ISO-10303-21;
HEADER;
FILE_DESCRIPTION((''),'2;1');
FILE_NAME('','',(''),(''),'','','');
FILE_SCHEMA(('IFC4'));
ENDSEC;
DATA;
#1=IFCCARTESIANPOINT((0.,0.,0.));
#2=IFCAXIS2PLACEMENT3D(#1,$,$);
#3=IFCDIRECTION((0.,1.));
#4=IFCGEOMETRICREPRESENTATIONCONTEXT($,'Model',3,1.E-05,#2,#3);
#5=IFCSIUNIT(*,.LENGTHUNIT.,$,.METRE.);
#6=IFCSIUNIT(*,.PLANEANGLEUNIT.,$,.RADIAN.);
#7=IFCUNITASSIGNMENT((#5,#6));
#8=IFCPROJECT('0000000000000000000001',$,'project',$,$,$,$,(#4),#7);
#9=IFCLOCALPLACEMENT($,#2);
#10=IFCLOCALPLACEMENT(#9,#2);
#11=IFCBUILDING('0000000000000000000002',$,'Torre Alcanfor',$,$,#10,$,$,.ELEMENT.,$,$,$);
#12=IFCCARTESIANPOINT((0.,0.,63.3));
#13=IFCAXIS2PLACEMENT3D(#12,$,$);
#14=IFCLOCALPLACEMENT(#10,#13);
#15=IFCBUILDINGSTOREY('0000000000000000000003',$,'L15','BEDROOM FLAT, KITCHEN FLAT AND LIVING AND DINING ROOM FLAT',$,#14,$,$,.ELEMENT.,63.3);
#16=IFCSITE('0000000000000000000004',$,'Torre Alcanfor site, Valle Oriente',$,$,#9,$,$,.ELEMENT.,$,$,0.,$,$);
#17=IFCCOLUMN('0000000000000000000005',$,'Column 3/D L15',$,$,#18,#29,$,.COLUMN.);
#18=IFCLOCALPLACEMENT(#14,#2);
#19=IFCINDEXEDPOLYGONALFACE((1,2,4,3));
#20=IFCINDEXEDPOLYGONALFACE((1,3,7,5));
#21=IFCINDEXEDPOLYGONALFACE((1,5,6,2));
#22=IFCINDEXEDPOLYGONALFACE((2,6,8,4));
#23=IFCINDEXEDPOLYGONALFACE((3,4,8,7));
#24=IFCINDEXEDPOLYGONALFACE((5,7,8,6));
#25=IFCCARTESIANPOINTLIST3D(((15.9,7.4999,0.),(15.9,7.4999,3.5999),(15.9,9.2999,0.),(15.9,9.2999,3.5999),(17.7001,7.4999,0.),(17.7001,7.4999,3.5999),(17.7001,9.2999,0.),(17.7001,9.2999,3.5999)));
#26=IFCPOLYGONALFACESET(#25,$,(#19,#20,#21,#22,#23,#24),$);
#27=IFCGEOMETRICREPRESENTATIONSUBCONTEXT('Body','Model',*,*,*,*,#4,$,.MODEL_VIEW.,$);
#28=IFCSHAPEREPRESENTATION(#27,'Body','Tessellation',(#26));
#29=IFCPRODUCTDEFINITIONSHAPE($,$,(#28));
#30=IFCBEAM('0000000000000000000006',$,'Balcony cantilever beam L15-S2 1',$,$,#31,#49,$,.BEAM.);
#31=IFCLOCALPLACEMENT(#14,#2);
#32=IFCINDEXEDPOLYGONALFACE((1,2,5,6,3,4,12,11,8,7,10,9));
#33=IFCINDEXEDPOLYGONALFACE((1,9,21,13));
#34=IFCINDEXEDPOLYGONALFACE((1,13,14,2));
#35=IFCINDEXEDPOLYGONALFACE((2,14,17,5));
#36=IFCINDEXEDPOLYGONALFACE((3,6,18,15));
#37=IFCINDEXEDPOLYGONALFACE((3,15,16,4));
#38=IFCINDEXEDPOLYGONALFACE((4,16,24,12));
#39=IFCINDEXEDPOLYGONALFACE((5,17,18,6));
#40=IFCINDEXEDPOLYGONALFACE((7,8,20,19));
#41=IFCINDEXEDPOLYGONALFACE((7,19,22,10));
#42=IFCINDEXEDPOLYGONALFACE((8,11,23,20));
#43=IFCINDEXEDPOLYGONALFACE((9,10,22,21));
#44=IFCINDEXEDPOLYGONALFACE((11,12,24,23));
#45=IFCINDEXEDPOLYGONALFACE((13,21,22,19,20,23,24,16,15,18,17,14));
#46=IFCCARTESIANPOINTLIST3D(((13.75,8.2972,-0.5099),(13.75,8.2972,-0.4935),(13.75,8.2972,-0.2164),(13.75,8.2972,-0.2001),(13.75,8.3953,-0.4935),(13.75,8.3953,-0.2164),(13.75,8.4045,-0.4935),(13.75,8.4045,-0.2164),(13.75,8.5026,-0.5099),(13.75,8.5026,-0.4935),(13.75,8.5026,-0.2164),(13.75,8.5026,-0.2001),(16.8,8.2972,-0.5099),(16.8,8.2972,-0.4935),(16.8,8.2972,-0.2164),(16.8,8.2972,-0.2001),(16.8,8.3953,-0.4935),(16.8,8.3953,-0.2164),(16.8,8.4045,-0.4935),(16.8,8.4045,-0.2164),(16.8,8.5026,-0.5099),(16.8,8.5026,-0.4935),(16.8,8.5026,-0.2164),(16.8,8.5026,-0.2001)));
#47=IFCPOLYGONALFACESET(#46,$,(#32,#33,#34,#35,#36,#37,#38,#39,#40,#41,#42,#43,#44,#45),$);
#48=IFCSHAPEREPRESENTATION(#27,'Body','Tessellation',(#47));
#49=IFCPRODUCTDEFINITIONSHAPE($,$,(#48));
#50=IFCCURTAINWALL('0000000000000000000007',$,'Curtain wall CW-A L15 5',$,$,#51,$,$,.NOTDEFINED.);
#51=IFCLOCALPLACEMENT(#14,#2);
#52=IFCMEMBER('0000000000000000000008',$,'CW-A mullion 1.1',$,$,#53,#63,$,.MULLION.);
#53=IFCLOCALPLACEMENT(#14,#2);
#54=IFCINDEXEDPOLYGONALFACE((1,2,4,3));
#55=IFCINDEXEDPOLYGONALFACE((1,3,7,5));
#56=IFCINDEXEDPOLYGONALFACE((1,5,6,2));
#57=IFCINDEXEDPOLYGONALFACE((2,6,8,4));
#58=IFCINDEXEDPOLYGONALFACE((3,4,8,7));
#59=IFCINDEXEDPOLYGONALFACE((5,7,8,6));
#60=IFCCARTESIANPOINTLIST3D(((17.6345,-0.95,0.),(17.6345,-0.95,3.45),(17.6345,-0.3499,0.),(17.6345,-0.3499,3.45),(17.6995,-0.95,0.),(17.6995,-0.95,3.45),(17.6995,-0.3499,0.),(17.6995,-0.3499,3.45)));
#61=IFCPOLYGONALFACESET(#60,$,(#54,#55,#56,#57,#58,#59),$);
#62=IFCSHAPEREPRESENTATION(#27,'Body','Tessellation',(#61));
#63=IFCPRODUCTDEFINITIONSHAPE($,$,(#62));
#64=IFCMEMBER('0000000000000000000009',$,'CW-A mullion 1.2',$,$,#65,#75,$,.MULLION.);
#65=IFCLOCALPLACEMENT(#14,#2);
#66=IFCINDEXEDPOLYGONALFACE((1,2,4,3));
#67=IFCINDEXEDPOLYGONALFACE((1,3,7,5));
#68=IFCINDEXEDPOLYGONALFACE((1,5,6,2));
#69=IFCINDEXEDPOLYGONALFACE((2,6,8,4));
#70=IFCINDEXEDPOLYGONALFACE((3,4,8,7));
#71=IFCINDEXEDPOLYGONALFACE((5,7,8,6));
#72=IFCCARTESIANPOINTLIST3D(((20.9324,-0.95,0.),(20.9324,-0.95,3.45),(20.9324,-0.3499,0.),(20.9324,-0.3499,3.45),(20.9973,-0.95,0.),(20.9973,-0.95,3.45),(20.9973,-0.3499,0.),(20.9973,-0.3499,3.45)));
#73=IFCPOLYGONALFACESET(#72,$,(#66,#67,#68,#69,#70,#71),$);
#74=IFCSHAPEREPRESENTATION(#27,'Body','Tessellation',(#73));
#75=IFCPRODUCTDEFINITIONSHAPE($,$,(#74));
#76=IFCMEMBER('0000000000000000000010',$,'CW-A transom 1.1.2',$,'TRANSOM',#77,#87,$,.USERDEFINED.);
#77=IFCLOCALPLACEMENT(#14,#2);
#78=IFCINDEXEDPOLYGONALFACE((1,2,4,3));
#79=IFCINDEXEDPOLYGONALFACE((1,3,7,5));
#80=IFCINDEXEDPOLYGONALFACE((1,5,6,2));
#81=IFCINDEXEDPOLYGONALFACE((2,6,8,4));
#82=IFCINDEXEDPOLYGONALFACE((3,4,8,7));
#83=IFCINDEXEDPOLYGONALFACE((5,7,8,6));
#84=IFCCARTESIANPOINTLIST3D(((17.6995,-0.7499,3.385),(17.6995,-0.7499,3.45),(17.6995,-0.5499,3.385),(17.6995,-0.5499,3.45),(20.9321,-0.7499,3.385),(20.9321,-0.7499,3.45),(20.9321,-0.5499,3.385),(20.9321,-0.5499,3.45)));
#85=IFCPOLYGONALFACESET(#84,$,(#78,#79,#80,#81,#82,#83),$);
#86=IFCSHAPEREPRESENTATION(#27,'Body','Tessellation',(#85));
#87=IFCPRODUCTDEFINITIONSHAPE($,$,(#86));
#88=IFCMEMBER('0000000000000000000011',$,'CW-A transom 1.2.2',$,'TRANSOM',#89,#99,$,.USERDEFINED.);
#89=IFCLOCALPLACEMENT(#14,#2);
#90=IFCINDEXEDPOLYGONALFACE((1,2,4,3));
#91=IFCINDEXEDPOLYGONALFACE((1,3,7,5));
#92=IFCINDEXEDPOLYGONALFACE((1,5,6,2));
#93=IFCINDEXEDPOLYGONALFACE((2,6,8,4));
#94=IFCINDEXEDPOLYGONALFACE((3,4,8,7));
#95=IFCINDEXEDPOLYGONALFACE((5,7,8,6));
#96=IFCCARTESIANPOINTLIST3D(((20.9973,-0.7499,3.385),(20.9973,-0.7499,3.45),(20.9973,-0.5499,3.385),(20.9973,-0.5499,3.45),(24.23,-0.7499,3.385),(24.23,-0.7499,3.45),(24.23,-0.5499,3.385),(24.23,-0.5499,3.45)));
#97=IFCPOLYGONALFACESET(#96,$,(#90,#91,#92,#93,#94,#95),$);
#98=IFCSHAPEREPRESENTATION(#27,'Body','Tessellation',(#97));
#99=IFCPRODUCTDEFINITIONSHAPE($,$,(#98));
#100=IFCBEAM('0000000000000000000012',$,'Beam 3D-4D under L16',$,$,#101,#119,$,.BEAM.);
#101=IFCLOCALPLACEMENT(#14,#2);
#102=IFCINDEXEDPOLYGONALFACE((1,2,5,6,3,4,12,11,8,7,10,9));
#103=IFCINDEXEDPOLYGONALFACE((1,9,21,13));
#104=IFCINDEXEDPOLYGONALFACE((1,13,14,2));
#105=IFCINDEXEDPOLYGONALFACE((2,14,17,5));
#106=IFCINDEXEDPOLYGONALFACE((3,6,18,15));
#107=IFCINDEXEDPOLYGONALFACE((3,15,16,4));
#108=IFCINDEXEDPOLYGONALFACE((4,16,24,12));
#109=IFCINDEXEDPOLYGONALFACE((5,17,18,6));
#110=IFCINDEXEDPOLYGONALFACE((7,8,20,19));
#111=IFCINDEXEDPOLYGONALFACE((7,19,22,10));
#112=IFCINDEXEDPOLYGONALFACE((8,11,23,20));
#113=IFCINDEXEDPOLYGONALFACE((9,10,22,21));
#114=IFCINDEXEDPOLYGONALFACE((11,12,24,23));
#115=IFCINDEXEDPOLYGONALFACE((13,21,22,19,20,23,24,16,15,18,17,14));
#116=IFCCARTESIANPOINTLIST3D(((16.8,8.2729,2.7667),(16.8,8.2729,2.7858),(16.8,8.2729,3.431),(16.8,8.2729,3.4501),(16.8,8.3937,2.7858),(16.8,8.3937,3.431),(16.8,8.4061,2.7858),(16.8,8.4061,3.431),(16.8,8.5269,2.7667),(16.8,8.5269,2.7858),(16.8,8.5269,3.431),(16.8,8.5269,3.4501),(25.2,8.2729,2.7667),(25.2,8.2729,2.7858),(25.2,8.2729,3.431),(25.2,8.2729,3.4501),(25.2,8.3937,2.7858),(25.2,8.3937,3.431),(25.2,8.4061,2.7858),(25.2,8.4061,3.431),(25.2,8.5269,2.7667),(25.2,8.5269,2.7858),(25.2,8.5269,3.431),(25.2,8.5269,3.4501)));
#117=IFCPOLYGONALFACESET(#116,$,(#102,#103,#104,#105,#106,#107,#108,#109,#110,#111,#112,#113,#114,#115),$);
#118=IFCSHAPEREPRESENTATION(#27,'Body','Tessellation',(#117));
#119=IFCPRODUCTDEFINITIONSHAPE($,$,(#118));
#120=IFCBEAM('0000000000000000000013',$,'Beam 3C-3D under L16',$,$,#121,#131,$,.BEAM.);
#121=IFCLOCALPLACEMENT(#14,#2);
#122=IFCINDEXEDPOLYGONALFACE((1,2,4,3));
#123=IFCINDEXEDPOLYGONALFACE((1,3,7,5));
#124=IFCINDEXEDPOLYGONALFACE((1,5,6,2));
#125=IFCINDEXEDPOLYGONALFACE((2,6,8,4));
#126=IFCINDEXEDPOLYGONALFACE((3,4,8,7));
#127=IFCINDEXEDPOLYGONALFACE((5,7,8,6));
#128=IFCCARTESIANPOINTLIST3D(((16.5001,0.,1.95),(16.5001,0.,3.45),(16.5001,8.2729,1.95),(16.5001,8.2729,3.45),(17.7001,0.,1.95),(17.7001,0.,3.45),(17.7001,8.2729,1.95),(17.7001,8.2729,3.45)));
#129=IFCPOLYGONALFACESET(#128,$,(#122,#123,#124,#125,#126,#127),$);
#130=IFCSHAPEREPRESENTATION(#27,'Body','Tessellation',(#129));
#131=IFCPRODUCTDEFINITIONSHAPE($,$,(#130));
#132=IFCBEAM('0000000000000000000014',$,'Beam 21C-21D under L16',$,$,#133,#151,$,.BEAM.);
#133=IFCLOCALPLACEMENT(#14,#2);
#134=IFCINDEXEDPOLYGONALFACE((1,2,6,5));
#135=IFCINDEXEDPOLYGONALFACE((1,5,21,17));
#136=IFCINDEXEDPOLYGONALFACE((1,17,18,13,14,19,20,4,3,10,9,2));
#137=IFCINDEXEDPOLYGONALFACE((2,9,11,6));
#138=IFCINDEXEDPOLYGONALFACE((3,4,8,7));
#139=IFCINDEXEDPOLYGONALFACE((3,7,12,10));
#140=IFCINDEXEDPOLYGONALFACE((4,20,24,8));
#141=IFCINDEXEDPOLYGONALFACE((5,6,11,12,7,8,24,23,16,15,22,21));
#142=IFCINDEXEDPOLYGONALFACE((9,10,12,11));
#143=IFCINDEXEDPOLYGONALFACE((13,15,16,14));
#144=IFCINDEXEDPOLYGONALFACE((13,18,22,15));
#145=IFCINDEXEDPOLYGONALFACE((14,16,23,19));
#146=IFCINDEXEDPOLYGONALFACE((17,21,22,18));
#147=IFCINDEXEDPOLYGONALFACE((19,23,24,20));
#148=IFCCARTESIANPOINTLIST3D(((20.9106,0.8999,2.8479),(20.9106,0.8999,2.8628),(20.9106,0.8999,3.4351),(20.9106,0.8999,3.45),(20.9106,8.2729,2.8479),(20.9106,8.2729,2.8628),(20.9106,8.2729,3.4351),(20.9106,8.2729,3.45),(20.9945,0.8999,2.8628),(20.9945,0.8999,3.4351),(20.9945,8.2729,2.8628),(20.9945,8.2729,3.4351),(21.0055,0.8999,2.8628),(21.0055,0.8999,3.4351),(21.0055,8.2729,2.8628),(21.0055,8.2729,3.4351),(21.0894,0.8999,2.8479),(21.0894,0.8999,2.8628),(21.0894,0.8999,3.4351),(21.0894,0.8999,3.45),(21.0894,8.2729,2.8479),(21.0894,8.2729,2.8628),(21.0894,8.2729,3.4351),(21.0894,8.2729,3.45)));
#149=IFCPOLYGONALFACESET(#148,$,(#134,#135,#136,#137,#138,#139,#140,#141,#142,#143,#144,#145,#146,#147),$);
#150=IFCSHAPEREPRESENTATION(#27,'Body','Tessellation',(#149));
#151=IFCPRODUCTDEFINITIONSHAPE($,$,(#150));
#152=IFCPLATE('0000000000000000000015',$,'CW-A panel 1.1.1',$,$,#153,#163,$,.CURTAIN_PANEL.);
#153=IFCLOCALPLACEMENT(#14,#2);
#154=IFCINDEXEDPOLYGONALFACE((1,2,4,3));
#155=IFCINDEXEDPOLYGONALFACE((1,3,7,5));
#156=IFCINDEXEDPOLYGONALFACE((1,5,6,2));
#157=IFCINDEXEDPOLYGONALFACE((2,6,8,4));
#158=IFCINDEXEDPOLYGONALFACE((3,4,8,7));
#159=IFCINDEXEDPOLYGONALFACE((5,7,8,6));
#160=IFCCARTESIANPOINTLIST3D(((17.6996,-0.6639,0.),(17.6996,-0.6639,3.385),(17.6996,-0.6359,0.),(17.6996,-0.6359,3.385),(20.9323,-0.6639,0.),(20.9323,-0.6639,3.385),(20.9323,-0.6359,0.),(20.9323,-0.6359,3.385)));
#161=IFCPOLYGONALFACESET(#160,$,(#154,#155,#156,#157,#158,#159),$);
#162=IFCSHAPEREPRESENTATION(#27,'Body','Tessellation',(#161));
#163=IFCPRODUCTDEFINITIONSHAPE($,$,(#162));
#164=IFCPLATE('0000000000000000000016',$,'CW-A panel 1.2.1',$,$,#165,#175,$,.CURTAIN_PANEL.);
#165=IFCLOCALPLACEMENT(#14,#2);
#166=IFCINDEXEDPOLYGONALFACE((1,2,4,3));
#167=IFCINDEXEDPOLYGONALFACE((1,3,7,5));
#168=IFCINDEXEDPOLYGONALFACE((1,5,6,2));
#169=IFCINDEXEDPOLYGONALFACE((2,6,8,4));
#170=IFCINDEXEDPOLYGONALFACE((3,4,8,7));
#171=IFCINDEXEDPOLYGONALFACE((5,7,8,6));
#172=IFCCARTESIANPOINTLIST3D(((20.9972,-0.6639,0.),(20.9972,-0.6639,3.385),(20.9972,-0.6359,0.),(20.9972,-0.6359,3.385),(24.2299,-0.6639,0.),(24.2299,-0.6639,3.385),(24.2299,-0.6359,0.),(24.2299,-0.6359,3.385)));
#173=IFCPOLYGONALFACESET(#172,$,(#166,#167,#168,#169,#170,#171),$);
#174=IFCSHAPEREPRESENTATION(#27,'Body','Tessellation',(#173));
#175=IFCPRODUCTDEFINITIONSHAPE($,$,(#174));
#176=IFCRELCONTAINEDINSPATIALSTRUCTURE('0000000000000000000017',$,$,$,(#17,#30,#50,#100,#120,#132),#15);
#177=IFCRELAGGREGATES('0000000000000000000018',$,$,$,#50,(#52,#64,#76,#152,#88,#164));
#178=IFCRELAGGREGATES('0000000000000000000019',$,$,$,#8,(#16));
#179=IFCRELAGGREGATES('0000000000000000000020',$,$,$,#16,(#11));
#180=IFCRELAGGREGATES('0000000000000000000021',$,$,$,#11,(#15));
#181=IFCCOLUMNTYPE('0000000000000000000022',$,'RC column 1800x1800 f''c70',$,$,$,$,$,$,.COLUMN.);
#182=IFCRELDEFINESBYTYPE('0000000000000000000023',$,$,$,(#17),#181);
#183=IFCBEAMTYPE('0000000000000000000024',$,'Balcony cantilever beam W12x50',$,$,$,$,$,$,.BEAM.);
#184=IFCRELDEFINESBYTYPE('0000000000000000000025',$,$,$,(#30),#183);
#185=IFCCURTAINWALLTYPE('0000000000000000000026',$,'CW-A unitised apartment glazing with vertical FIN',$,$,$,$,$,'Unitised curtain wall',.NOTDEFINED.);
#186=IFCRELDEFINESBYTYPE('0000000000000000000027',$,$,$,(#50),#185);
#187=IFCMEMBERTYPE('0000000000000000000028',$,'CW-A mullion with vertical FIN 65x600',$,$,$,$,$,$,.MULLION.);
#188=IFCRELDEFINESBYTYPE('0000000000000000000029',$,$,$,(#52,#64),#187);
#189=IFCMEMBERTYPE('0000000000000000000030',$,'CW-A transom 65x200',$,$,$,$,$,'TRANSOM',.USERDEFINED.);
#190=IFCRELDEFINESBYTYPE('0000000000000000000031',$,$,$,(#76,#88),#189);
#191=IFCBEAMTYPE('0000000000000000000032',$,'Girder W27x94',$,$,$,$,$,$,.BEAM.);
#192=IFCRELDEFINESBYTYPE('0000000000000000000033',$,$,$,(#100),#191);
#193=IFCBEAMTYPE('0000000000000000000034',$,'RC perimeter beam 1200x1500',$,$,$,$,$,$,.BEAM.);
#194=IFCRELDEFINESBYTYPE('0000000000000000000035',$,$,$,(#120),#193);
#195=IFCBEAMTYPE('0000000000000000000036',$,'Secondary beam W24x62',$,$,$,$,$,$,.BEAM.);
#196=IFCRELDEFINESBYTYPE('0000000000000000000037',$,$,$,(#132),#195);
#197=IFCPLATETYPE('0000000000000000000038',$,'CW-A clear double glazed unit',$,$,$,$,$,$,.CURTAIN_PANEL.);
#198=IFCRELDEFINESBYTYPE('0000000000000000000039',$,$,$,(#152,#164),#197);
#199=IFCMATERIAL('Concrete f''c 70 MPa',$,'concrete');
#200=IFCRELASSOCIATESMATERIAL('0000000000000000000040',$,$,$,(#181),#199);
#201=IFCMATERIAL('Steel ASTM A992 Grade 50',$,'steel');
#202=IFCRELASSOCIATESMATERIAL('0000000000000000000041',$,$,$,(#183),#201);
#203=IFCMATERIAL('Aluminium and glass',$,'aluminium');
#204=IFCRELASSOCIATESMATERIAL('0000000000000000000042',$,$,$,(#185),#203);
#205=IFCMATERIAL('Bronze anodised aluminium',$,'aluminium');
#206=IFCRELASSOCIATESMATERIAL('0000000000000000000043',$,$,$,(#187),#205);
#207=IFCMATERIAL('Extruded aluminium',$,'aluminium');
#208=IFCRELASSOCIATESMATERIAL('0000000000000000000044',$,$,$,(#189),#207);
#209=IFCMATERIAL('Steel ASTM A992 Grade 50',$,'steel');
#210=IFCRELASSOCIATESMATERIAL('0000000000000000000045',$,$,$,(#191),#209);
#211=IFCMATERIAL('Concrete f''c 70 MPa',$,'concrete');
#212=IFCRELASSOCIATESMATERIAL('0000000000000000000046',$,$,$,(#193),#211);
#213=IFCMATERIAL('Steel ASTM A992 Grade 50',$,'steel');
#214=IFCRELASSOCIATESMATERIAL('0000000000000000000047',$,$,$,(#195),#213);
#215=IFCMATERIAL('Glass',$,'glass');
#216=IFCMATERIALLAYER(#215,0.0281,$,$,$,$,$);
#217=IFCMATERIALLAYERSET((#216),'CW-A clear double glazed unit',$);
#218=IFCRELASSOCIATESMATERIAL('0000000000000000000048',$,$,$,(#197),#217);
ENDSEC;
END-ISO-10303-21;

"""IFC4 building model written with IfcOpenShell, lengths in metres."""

from ifc_helpers import new_model, si_unit, direction, frame, origin, origin_2d, place, context, subcontext, project, spatial, rectangle, i_section, extrude, material, layer, layer_set, material_profile, profile_set, type_object, element, aggregate, save


model = new_model("IFC4")

# Units and contexts
model_context = context("Model", 3, precision=1e-05, world=origin(), true_north=direction((0.0, 1.0)))
body_context = subcontext(model_context, "Body", "Model", "MODEL_VIEW")
ifc_project = project(units=[si_unit("LENGTHUNIT", "METRE"), si_unit("PLANEANGLEUNIT", "RADIAN")], contexts=[model_context])

# Site, building, storey
site_placement = place(None, origin())
site = spatial("IfcSite", under=ifc_project, at=site_placement, Name="Torre Alcanfor site, Valle Oriente", CompositionType="ELEMENT", RefElevation=0.0)
building_placement = place(site_placement, origin())
building = spatial("IfcBuilding", under=site, at=building_placement, Name="Torre Alcanfor", CompositionType="ELEMENT")
storey_placement = place(building_placement, frame((0.0, 0.0, 63.3)))
storey = spatial("IfcBuildingStorey", under=building, at=storey_placement, Name="L15", Description="BEDROOM FLAT, KITCHEN FLAT AND LIVING AND DINING ROOM FLAT", CompositionType="ELEMENT", Elevation=63.3)

# Column
ifc_material_1 = material(Name="Concrete f'c 70 MPa", Category="concrete")
ifc_material_profile_1 = material_profile(ifc_material_1, rectangle(XDim=1.8, YDim=1.8, at=origin_2d()), Name="1800x1800")
ifc_profile_set_1 = profile_set([ifc_material_profile_1], Name="Concrete f'c 70 MPa")
column_type = type_object("IfcColumnType", Name="RC column 1800x1800 f'c70", PredefinedType="COLUMN", material=ifc_profile_set_1)
column_placement = place(storey_placement, frame((16.8, 8.3999, 0.0), z_axis=(0.0, 0.0, 1.0), x_axis=(1.0, 0.0, 0.0)))
element("IfcColumn", 1, at=column_placement, inside=storey, type_object=column_type, Name="Column 3/D L15", PredefinedType="COLUMN", context=body_context, shape_type="SweptSolid", body=[
    extrude(rectangle(XDim=1.8, YDim=1.8, at=origin_2d()), origin(), (0.0, 0.0, 1.0), 3.5999),
])

# Beam
ifc_material_2 = material(Name="Steel ASTM A992 Grade 50", Category="steel")
ifc_material_profile_2 = material_profile(ifc_material_2, i_section(OverallWidth=0.2053, OverallDepth=0.3098, WebThickness=0.0093, FlangeThickness=0.0164, at=origin_2d()), Name="W12x50")
ifc_profile_set_2 = profile_set([ifc_material_profile_2], Name="Steel ASTM A992 Grade 50")
beam_type_1 = type_object("IfcBeamType", Name="Balcony cantilever beam W12x50", PredefinedType="BEAM", material=ifc_profile_set_2)
beam_1_placement = place(storey_placement, frame((16.8, 8.3999, -0.355), z_axis=(-1.0, 0.0, 0.0), x_axis=(0.0, -1.0, 0.0)))
element("IfcBeam", 2, at=beam_1_placement, inside=storey, type_object=beam_type_1, Name="Balcony cantilever beam L15-S2 1", PredefinedType="BEAM", context=body_context, shape_type="SweptSolid", body=[
    extrude(i_section(OverallWidth=0.2053, OverallDepth=0.3098, WebThickness=0.0093, FlangeThickness=0.0164, at=origin_2d()), origin(), (0.0, 0.0, 1.0), 3.05),
])

# Curtain wall, members
ifc_material_3 = material(Name="Aluminium and glass", Category="aluminium")
curtain_wall_type = type_object("IfcCurtainWallType", Name="CW-A unitised apartment glazing with vertical FIN", ElementType="Unitised curtain wall", PredefinedType="NOTDEFINED", material=ifc_material_3)
curtain_wall_placement = place(storey_placement, origin())
curtain_wall = element("IfcCurtainWall", 3, at=curtain_wall_placement, inside=storey, type_object=curtain_wall_type, Name="Curtain wall CW-A L15 5", PredefinedType="NOTDEFINED")
ifc_material_4 = material(Name="Bronze anodised aluminium", Category="aluminium")
ifc_material_profile_3 = material_profile(ifc_material_4, rectangle(XDim=0.6001, YDim=0.0649, at=origin_2d()), Name="CW-A mullion 65x600")
ifc_profile_set_3 = profile_set([ifc_material_profile_3], Name="Bronze anodised aluminium")
member_type_1 = type_object("IfcMemberType", Name="CW-A mullion with vertical FIN 65x600", PredefinedType="MULLION", material=ifc_profile_set_3)
member_1_placement = place(storey_placement, frame((17.667, -0.6499, 0.0), z_axis=(0.0, 0.0, 1.0), x_axis=(0.0, 1.0, 0.0)))
member_1 = element("IfcMember", 4, at=member_1_placement, type_object=member_type_1, Name="CW-A mullion 1.1", PredefinedType="MULLION", context=body_context, shape_type="SweptSolid", body=[
    extrude(rectangle(XDim=0.6001, YDim=0.0649, at=origin_2d()), origin(), (0.0, 0.0, 1.0), 3.45),
])
member_2_placement = place(storey_placement, frame((20.9648, -0.6499, 0.0), z_axis=(0.0, 0.0, 1.0), x_axis=(0.0, 1.0, 0.0)))
member_2 = element("IfcMember", 5, at=member_2_placement, type_object=member_type_1, Name="CW-A mullion 1.2", PredefinedType="MULLION", context=body_context, shape_type="SweptSolid", body=[
    extrude(rectangle(XDim=0.6001, YDim=0.0649, at=origin_2d()), origin(), (0.0, 0.0, 1.0), 3.45),
])
ifc_material_5 = material(Name="Extruded aluminium", Category="aluminium")
ifc_material_profile_4 = material_profile(ifc_material_5, rectangle(XDim=0.2, YDim=0.0649, at=origin_2d()), Name="CW-A transom 200x65")
ifc_profile_set_4 = profile_set([ifc_material_profile_4], Name="Extruded aluminium")
member_type_2 = type_object("IfcMemberType", Name="CW-A transom 65x200", ElementType="TRANSOM", PredefinedType="USERDEFINED", material=ifc_profile_set_4)
member_3_placement = place(storey_placement, frame((17.6995, -0.6499, 3.4175), z_axis=(1.0, 0.0, 0.0), x_axis=(0.0, 1.0, 0.0)))
member_3 = element("IfcMember", 6, at=member_3_placement, type_object=member_type_2, Name="CW-A transom 1.1.2", ObjectType="TRANSOM", PredefinedType="USERDEFINED", context=body_context, shape_type="SweptSolid", body=[
    extrude(rectangle(XDim=0.2, YDim=0.0649, at=origin_2d()), origin(), (0.0, 0.0, 1.0), 3.2327),
])
member_4_placement = place(storey_placement, frame((20.9973, -0.6499, 3.4175), z_axis=(1.0, 0.0, 0.0), x_axis=(0.0, 1.0, 0.0)))
member_4 = element("IfcMember", 7, at=member_4_placement, type_object=member_type_2, Name="CW-A transom 1.2.2", ObjectType="TRANSOM", PredefinedType="USERDEFINED", context=body_context, shape_type="SweptSolid", body=[
    extrude(rectangle(XDim=0.2, YDim=0.0649, at=origin_2d()), origin(), (0.0, 0.0, 1.0), 3.2327),
])

# Beams
ifc_material_6 = material(Name="Steel ASTM A992 Grade 50", Category="steel")
ifc_material_profile_5 = material_profile(ifc_material_6, i_section(OverallWidth=0.2539, OverallDepth=0.6833, WebThickness=0.0125, FlangeThickness=0.019, at=origin_2d()), Name="W27x94")
ifc_profile_set_5 = profile_set([ifc_material_profile_5], Name="Steel ASTM A992 Grade 50")
beam_type_2 = type_object("IfcBeamType", Name="Girder W27x94", PredefinedType="BEAM", material=ifc_profile_set_5)
beam_2_placement = place(storey_placement, frame((16.8, 8.3999, 3.1084), z_axis=(1.0, 0.0, 0.0), x_axis=(0.0, 1.0, 0.0)))
element("IfcBeam", 8, at=beam_2_placement, inside=storey, type_object=beam_type_2, Name="Beam 3D-4D under L16", PredefinedType="BEAM", context=body_context, shape_type="SweptSolid", body=[
    extrude(i_section(OverallWidth=0.2539, OverallDepth=0.6833, WebThickness=0.0125, FlangeThickness=0.019, at=origin_2d()), origin(), (0.0, 0.0, 1.0), 8.3999),
])
ifc_material_7 = material(Name="Concrete f'c 70 MPa", Category="concrete")
ifc_material_profile_6 = material_profile(ifc_material_7, rectangle(XDim=1.2, YDim=1.5, at=origin_2d()), Name="1200x1500")
ifc_profile_set_6 = profile_set([ifc_material_profile_6], Name="Concrete f'c 70 MPa")
beam_type_3 = type_object("IfcBeamType", Name="RC perimeter beam 1200x1500", PredefinedType="BEAM", material=ifc_profile_set_6)
beam_3_placement = place(storey_placement, frame((17.1001, 0.0, 2.7), z_axis=(0.0, 1.0, 0.0), x_axis=(-1.0, 0.0, 0.0)))
element("IfcBeam", 9, at=beam_3_placement, inside=storey, type_object=beam_type_3, Name="Beam 3C-3D under L16", PredefinedType="BEAM", context=body_context, shape_type="SweptSolid", body=[
    extrude(rectangle(XDim=1.2, YDim=1.5, at=origin_2d()), origin(), (0.0, 0.0, 1.0), 8.2729),
])
ifc_material_8 = material(Name="Steel ASTM A992 Grade 50", Category="steel")
ifc_material_profile_7 = material_profile(ifc_material_8, i_section(OverallWidth=0.1787, OverallDepth=0.6021, WebThickness=0.011, FlangeThickness=0.0149, at=origin_2d()), Name="W24x62")
ifc_profile_set_7 = profile_set([ifc_material_profile_7], Name="Steel ASTM A992 Grade 50")
beam_type_4 = type_object("IfcBeamType", Name="Secondary beam W24x62", PredefinedType="BEAM", material=ifc_profile_set_7)
beam_4_placement = place(storey_placement, frame((21.0, 0.8999, 3.1489), z_axis=(0.0, 1.0, 0.0), x_axis=(-1.0, 0.0, 0.0)))
element("IfcBeam", 10, at=beam_4_placement, inside=storey, type_object=beam_type_4, Name="Beam 21C-21D under L16", PredefinedType="BEAM", context=body_context, shape_type="SweptSolid", body=[
    extrude(i_section(OverallWidth=0.1787, OverallDepth=0.6021, WebThickness=0.011, FlangeThickness=0.0149, at=origin_2d()), origin(), (0.0, 0.0, 1.0), 7.373),
])

# Plates
ifc_material_9 = material(Name="Glass", Category="glass")
ifc_layer_1 = layer(ifc_material_9, 0.0281)
ifc_layer_set_1 = layer_set([ifc_layer_1], Name="CW-A clear double glazed unit")
plate_type = type_object("IfcPlateType", Name="CW-A clear double glazed unit", PredefinedType="CURTAIN_PANEL", material=ifc_layer_set_1)
plate_1_placement = place(storey_placement, frame((19.3159, -0.6499, 0.0), z_axis=(0.0, 0.0, 1.0), x_axis=(1.0, 0.0, 0.0)))
plate_1 = element("IfcPlate", 11, at=plate_1_placement, type_object=plate_type, Name="CW-A panel 1.1.1", PredefinedType="CURTAIN_PANEL", context=body_context, shape_type="SweptSolid", body=[
    extrude(rectangle(XDim=3.2327, YDim=0.0281, at=origin_2d()), origin(), (0.0, 0.0, 1.0), 3.385),
])
plate_2_placement = place(storey_placement, frame((22.6135, -0.6499, 0.0), z_axis=(0.0, 0.0, 1.0), x_axis=(1.0, 0.0, 0.0)))
plate_2 = element("IfcPlate", 12, at=plate_2_placement, type_object=plate_type, Name="CW-A panel 1.2.1", PredefinedType="CURTAIN_PANEL", context=body_context, shape_type="SweptSolid", body=[
    extrude(rectangle(XDim=3.2327, YDim=0.0281, at=origin_2d()), origin(), (0.0, 0.0, 1.0), 3.385),
])
aggregate(curtain_wall, [member_1, member_2, member_3, plate_1, member_4, plate_2])

save(model, "model.ifc")
